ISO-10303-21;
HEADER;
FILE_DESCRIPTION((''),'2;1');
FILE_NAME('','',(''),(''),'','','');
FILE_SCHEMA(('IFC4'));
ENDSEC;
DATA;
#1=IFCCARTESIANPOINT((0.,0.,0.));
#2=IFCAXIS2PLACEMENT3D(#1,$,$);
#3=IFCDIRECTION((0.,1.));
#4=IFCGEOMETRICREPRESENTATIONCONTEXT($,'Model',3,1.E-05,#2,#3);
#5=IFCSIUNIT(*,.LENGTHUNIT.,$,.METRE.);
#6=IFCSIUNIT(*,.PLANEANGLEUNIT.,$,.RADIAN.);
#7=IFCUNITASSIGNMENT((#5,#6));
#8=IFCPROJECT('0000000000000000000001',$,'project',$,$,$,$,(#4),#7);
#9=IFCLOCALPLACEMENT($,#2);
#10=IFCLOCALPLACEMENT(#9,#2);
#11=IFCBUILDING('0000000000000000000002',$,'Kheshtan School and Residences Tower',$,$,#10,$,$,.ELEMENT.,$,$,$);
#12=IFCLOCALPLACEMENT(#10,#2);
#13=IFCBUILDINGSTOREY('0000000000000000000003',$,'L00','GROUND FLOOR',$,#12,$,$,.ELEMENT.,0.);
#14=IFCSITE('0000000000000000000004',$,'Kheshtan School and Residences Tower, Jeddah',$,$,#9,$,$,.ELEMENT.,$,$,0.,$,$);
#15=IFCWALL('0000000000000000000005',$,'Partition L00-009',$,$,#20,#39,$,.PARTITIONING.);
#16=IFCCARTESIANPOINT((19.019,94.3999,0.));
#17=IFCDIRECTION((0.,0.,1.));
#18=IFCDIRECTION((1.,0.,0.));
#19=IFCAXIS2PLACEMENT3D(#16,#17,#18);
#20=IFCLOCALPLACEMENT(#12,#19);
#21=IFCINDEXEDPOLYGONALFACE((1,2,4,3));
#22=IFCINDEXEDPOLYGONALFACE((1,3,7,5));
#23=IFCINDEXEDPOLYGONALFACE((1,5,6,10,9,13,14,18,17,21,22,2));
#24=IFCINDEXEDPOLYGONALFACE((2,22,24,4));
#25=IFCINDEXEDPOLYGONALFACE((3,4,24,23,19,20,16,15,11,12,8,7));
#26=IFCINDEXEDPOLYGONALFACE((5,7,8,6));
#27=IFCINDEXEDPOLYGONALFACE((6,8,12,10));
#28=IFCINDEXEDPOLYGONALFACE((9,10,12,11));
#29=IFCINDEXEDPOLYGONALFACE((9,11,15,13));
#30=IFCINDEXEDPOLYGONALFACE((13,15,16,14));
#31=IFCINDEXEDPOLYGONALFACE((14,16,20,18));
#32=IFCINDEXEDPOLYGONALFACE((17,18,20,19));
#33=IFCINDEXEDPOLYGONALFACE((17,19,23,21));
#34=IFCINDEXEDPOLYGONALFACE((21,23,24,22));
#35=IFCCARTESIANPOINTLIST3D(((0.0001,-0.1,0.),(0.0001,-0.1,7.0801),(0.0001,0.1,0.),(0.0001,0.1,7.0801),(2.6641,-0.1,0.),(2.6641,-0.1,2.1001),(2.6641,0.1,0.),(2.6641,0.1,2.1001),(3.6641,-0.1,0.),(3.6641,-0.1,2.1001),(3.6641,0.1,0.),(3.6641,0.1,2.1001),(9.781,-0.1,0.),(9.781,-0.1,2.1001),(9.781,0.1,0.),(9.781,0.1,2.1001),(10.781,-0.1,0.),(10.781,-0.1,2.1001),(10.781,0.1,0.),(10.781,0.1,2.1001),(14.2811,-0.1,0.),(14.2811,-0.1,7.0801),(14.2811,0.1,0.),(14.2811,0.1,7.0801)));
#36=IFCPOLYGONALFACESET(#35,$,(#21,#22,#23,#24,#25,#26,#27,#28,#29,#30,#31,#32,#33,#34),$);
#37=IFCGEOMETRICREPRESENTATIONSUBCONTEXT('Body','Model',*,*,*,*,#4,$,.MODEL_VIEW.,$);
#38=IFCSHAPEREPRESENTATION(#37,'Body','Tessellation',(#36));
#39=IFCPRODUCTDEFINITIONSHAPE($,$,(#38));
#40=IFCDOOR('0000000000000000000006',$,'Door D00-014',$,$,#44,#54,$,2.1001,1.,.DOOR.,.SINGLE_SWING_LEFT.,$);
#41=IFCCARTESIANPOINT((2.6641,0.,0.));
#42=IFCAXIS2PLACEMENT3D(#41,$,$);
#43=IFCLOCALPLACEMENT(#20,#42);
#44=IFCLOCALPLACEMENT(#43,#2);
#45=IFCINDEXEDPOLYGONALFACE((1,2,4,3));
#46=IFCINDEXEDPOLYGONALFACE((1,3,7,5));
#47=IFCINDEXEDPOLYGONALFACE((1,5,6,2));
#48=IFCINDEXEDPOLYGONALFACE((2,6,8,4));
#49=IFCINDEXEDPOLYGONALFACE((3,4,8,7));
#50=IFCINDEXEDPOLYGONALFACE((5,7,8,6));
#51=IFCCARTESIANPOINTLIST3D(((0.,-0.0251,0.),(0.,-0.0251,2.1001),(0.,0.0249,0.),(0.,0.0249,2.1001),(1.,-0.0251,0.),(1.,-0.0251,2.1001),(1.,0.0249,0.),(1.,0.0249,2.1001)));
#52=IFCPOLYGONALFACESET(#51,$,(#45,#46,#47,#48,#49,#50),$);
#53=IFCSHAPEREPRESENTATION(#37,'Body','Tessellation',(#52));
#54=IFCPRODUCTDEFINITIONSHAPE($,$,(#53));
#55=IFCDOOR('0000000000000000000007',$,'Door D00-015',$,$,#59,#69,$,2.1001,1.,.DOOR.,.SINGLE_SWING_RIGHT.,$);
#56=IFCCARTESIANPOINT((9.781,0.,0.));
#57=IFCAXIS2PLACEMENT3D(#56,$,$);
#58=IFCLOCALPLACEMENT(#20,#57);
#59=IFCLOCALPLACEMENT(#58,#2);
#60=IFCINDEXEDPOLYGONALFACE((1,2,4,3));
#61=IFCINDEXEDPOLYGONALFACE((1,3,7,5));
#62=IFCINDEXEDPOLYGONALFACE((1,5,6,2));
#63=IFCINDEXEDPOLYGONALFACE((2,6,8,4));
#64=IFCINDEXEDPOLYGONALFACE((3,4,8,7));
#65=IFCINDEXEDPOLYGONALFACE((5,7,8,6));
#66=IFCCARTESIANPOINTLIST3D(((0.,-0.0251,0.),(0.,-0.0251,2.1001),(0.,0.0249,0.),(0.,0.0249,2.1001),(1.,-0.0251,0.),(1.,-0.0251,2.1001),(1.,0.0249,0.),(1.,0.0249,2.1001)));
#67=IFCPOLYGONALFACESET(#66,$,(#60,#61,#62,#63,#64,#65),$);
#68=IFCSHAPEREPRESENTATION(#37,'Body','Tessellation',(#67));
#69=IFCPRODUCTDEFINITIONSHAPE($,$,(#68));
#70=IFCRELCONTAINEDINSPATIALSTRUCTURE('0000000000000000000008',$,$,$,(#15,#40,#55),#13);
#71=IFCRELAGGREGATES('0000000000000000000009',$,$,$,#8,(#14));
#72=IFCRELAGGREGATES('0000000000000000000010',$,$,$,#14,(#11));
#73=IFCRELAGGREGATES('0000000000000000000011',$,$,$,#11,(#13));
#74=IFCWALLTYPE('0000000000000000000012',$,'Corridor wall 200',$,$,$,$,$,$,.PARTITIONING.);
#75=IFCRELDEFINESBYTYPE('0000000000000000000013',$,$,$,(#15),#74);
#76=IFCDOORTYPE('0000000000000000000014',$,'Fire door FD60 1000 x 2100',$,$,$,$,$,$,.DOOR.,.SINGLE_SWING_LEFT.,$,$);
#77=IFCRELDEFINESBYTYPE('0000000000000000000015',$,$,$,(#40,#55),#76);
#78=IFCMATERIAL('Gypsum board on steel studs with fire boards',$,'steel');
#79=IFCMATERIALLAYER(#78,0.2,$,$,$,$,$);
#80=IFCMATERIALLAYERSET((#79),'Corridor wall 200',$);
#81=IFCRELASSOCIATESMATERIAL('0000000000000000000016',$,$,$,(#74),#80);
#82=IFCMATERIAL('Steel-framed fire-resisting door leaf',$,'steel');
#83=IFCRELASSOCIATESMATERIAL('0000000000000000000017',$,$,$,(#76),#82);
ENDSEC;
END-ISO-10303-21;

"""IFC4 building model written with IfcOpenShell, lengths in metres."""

from ifc_helpers import new_model, si_unit, direction, frame, frame_2d, origin, place, context, subcontext, project, spatial, rectangle, extrude, source, transform, mapped, material, layer, layer_set, type_object, element, fill, save


model = new_model("IFC4")

# Units and contexts
model_context = context("Model", 3, precision=1e-05, world=origin(), true_north=direction((0.0, 1.0)))
body_context = subcontext(model_context, "Body", "Model", "MODEL_VIEW")
ifc_project = project(units=[si_unit("LENGTHUNIT", "METRE"), si_unit("PLANEANGLEUNIT", "RADIAN")], contexts=[model_context])

# Site, building, storey
site_placement = place(None, origin())
site = spatial("IfcSite", under=ifc_project, at=site_placement, Name="Kheshtan School and Residences Tower, Jeddah", CompositionType="ELEMENT", RefElevation=0.0)
building_placement = place(site_placement, origin())
building = spatial("IfcBuilding", under=site, at=building_placement, Name="Kheshtan School and Residences Tower", CompositionType="ELEMENT")
storey_placement = place(building_placement, origin())
storey = spatial("IfcBuildingStorey", under=building, at=storey_placement, Name="L00", Description="GROUND FLOOR", CompositionType="ELEMENT", Elevation=0.0)

# Wall, openings, doors
ifc_material_1 = material(Name="Gypsum board on steel studs with fire boards", Category="steel")
ifc_layer_1 = layer(ifc_material_1, 0.2)
ifc_layer_set_1 = layer_set([ifc_layer_1], Name="Corridor wall 200")
wall_type_1 = type_object("IfcWallType", Name="Corridor wall 200", PredefinedType="PARTITIONING", material=ifc_layer_set_1)
ifc_material_2 = material(Name="Steel-framed fire-resisting door leaf", Category="steel")
door_type_1 = type_object("IfcDoorType", Name="Fire door FD60 1000 x 2100", OperationType="SINGLE_SWING_LEFT", PredefinedType="DOOR", material=ifc_material_2)
shared_shape_1 = source(origin(), body_context, "Body", "SweptSolid", [
    extrude(rectangle(XDim=1.0, YDim=2.1001, at=frame_2d((0.5, 1.05))), frame((0.0, 0.0249, 0.0), z_axis=(0.0, -1.0, 0.0), x_axis=(1.0, 0.0, 0.0)), (0.0, 0.0, 1.0), 0.05),
])
wall_1_placement = place(storey_placement, frame((19.019, 94.3999, 0.0), z_axis=(0.0, 0.0, 1.0), x_axis=(1.0, 0.0, 0.0)))
wall_1 = element("IfcWall", 1, at=wall_1_placement, inside=storey, type_object=wall_type_1, Name="Partition L00-009", PredefinedType="PARTITIONING", context=body_context, shape_type="SweptSolid", body=[
    extrude(rectangle(XDim=14.281, YDim=0.2, at=frame_2d((7.1406, 0.0))), origin(), (0.0, 0.0, 1.0), 7.0801),
])
opening_1_placement = place(wall_1_placement, frame((2.6641, 0.0, 0.0)))
opening_1 = element("IfcOpeningElement", 2, at=opening_1_placement, cuts=wall_1, PredefinedType="OPENING", context=body_context, shape_type="SweptSolid", body=[
    extrude(rectangle(XDim=1.0, YDim=2.1001, at=frame_2d((0.5, 1.05))), frame((0.0, 0.1099, 0.0), z_axis=(0.0, -1.0, 0.0), x_axis=(1.0, 0.0, 0.0)), (0.0, 0.0, 1.0), 0.22),
])
opening_2_placement = place(wall_1_placement, frame((9.781, 0.0, 0.0)))
opening_2 = element("IfcOpeningElement", 3, at=opening_2_placement, cuts=wall_1, PredefinedType="OPENING", context=body_context, shape_type="SweptSolid", body=[
    extrude(rectangle(XDim=1.0, YDim=2.1001, at=frame_2d((0.5, 1.05))), frame((0.0, 0.1099, 0.0), z_axis=(0.0, -1.0, 0.0), x_axis=(1.0, 0.0, 0.0)), (0.0, 0.0, 1.0), 0.22),
])
door_1_placement = place(opening_1_placement, origin())
door_1 = element("IfcDoor", 4, at=door_1_placement, inside=storey, type_object=door_type_1, Name="Door D00-014", OperationType="SINGLE_SWING_LEFT", OverallHeight=2.1001, OverallWidth=1.0, PredefinedType="DOOR", context=body_context, shape_type="MappedRepresentation", body=[
    mapped(shared_shape_1, transform((0.0, 0.0, 0.0), x_axis=(1.0, 0.0, 0.0), y_axis=(0.0, 1.0, 0.0), z_axis=(0.0, 0.0, 1.0), scale=1.0)),
])
fill(opening_1, door_1)
door_2_placement = place(opening_2_placement, origin())
door_2 = element("IfcDoor", 5, at=door_2_placement, inside=storey, type_object=door_type_1, Name="Door D00-015", OperationType="SINGLE_SWING_RIGHT", OverallHeight=2.1001, OverallWidth=1.0, PredefinedType="DOOR", context=body_context, shape_type="MappedRepresentation", body=[
    mapped(shared_shape_1, transform((0.0, 0.0, 0.0), x_axis=(1.0, 0.0, 0.0), y_axis=(0.0, 1.0, 0.0), z_axis=(0.0, 0.0, 1.0), scale=1.0)),
])
fill(opening_2, door_2)

save(model, "model.ifc")
